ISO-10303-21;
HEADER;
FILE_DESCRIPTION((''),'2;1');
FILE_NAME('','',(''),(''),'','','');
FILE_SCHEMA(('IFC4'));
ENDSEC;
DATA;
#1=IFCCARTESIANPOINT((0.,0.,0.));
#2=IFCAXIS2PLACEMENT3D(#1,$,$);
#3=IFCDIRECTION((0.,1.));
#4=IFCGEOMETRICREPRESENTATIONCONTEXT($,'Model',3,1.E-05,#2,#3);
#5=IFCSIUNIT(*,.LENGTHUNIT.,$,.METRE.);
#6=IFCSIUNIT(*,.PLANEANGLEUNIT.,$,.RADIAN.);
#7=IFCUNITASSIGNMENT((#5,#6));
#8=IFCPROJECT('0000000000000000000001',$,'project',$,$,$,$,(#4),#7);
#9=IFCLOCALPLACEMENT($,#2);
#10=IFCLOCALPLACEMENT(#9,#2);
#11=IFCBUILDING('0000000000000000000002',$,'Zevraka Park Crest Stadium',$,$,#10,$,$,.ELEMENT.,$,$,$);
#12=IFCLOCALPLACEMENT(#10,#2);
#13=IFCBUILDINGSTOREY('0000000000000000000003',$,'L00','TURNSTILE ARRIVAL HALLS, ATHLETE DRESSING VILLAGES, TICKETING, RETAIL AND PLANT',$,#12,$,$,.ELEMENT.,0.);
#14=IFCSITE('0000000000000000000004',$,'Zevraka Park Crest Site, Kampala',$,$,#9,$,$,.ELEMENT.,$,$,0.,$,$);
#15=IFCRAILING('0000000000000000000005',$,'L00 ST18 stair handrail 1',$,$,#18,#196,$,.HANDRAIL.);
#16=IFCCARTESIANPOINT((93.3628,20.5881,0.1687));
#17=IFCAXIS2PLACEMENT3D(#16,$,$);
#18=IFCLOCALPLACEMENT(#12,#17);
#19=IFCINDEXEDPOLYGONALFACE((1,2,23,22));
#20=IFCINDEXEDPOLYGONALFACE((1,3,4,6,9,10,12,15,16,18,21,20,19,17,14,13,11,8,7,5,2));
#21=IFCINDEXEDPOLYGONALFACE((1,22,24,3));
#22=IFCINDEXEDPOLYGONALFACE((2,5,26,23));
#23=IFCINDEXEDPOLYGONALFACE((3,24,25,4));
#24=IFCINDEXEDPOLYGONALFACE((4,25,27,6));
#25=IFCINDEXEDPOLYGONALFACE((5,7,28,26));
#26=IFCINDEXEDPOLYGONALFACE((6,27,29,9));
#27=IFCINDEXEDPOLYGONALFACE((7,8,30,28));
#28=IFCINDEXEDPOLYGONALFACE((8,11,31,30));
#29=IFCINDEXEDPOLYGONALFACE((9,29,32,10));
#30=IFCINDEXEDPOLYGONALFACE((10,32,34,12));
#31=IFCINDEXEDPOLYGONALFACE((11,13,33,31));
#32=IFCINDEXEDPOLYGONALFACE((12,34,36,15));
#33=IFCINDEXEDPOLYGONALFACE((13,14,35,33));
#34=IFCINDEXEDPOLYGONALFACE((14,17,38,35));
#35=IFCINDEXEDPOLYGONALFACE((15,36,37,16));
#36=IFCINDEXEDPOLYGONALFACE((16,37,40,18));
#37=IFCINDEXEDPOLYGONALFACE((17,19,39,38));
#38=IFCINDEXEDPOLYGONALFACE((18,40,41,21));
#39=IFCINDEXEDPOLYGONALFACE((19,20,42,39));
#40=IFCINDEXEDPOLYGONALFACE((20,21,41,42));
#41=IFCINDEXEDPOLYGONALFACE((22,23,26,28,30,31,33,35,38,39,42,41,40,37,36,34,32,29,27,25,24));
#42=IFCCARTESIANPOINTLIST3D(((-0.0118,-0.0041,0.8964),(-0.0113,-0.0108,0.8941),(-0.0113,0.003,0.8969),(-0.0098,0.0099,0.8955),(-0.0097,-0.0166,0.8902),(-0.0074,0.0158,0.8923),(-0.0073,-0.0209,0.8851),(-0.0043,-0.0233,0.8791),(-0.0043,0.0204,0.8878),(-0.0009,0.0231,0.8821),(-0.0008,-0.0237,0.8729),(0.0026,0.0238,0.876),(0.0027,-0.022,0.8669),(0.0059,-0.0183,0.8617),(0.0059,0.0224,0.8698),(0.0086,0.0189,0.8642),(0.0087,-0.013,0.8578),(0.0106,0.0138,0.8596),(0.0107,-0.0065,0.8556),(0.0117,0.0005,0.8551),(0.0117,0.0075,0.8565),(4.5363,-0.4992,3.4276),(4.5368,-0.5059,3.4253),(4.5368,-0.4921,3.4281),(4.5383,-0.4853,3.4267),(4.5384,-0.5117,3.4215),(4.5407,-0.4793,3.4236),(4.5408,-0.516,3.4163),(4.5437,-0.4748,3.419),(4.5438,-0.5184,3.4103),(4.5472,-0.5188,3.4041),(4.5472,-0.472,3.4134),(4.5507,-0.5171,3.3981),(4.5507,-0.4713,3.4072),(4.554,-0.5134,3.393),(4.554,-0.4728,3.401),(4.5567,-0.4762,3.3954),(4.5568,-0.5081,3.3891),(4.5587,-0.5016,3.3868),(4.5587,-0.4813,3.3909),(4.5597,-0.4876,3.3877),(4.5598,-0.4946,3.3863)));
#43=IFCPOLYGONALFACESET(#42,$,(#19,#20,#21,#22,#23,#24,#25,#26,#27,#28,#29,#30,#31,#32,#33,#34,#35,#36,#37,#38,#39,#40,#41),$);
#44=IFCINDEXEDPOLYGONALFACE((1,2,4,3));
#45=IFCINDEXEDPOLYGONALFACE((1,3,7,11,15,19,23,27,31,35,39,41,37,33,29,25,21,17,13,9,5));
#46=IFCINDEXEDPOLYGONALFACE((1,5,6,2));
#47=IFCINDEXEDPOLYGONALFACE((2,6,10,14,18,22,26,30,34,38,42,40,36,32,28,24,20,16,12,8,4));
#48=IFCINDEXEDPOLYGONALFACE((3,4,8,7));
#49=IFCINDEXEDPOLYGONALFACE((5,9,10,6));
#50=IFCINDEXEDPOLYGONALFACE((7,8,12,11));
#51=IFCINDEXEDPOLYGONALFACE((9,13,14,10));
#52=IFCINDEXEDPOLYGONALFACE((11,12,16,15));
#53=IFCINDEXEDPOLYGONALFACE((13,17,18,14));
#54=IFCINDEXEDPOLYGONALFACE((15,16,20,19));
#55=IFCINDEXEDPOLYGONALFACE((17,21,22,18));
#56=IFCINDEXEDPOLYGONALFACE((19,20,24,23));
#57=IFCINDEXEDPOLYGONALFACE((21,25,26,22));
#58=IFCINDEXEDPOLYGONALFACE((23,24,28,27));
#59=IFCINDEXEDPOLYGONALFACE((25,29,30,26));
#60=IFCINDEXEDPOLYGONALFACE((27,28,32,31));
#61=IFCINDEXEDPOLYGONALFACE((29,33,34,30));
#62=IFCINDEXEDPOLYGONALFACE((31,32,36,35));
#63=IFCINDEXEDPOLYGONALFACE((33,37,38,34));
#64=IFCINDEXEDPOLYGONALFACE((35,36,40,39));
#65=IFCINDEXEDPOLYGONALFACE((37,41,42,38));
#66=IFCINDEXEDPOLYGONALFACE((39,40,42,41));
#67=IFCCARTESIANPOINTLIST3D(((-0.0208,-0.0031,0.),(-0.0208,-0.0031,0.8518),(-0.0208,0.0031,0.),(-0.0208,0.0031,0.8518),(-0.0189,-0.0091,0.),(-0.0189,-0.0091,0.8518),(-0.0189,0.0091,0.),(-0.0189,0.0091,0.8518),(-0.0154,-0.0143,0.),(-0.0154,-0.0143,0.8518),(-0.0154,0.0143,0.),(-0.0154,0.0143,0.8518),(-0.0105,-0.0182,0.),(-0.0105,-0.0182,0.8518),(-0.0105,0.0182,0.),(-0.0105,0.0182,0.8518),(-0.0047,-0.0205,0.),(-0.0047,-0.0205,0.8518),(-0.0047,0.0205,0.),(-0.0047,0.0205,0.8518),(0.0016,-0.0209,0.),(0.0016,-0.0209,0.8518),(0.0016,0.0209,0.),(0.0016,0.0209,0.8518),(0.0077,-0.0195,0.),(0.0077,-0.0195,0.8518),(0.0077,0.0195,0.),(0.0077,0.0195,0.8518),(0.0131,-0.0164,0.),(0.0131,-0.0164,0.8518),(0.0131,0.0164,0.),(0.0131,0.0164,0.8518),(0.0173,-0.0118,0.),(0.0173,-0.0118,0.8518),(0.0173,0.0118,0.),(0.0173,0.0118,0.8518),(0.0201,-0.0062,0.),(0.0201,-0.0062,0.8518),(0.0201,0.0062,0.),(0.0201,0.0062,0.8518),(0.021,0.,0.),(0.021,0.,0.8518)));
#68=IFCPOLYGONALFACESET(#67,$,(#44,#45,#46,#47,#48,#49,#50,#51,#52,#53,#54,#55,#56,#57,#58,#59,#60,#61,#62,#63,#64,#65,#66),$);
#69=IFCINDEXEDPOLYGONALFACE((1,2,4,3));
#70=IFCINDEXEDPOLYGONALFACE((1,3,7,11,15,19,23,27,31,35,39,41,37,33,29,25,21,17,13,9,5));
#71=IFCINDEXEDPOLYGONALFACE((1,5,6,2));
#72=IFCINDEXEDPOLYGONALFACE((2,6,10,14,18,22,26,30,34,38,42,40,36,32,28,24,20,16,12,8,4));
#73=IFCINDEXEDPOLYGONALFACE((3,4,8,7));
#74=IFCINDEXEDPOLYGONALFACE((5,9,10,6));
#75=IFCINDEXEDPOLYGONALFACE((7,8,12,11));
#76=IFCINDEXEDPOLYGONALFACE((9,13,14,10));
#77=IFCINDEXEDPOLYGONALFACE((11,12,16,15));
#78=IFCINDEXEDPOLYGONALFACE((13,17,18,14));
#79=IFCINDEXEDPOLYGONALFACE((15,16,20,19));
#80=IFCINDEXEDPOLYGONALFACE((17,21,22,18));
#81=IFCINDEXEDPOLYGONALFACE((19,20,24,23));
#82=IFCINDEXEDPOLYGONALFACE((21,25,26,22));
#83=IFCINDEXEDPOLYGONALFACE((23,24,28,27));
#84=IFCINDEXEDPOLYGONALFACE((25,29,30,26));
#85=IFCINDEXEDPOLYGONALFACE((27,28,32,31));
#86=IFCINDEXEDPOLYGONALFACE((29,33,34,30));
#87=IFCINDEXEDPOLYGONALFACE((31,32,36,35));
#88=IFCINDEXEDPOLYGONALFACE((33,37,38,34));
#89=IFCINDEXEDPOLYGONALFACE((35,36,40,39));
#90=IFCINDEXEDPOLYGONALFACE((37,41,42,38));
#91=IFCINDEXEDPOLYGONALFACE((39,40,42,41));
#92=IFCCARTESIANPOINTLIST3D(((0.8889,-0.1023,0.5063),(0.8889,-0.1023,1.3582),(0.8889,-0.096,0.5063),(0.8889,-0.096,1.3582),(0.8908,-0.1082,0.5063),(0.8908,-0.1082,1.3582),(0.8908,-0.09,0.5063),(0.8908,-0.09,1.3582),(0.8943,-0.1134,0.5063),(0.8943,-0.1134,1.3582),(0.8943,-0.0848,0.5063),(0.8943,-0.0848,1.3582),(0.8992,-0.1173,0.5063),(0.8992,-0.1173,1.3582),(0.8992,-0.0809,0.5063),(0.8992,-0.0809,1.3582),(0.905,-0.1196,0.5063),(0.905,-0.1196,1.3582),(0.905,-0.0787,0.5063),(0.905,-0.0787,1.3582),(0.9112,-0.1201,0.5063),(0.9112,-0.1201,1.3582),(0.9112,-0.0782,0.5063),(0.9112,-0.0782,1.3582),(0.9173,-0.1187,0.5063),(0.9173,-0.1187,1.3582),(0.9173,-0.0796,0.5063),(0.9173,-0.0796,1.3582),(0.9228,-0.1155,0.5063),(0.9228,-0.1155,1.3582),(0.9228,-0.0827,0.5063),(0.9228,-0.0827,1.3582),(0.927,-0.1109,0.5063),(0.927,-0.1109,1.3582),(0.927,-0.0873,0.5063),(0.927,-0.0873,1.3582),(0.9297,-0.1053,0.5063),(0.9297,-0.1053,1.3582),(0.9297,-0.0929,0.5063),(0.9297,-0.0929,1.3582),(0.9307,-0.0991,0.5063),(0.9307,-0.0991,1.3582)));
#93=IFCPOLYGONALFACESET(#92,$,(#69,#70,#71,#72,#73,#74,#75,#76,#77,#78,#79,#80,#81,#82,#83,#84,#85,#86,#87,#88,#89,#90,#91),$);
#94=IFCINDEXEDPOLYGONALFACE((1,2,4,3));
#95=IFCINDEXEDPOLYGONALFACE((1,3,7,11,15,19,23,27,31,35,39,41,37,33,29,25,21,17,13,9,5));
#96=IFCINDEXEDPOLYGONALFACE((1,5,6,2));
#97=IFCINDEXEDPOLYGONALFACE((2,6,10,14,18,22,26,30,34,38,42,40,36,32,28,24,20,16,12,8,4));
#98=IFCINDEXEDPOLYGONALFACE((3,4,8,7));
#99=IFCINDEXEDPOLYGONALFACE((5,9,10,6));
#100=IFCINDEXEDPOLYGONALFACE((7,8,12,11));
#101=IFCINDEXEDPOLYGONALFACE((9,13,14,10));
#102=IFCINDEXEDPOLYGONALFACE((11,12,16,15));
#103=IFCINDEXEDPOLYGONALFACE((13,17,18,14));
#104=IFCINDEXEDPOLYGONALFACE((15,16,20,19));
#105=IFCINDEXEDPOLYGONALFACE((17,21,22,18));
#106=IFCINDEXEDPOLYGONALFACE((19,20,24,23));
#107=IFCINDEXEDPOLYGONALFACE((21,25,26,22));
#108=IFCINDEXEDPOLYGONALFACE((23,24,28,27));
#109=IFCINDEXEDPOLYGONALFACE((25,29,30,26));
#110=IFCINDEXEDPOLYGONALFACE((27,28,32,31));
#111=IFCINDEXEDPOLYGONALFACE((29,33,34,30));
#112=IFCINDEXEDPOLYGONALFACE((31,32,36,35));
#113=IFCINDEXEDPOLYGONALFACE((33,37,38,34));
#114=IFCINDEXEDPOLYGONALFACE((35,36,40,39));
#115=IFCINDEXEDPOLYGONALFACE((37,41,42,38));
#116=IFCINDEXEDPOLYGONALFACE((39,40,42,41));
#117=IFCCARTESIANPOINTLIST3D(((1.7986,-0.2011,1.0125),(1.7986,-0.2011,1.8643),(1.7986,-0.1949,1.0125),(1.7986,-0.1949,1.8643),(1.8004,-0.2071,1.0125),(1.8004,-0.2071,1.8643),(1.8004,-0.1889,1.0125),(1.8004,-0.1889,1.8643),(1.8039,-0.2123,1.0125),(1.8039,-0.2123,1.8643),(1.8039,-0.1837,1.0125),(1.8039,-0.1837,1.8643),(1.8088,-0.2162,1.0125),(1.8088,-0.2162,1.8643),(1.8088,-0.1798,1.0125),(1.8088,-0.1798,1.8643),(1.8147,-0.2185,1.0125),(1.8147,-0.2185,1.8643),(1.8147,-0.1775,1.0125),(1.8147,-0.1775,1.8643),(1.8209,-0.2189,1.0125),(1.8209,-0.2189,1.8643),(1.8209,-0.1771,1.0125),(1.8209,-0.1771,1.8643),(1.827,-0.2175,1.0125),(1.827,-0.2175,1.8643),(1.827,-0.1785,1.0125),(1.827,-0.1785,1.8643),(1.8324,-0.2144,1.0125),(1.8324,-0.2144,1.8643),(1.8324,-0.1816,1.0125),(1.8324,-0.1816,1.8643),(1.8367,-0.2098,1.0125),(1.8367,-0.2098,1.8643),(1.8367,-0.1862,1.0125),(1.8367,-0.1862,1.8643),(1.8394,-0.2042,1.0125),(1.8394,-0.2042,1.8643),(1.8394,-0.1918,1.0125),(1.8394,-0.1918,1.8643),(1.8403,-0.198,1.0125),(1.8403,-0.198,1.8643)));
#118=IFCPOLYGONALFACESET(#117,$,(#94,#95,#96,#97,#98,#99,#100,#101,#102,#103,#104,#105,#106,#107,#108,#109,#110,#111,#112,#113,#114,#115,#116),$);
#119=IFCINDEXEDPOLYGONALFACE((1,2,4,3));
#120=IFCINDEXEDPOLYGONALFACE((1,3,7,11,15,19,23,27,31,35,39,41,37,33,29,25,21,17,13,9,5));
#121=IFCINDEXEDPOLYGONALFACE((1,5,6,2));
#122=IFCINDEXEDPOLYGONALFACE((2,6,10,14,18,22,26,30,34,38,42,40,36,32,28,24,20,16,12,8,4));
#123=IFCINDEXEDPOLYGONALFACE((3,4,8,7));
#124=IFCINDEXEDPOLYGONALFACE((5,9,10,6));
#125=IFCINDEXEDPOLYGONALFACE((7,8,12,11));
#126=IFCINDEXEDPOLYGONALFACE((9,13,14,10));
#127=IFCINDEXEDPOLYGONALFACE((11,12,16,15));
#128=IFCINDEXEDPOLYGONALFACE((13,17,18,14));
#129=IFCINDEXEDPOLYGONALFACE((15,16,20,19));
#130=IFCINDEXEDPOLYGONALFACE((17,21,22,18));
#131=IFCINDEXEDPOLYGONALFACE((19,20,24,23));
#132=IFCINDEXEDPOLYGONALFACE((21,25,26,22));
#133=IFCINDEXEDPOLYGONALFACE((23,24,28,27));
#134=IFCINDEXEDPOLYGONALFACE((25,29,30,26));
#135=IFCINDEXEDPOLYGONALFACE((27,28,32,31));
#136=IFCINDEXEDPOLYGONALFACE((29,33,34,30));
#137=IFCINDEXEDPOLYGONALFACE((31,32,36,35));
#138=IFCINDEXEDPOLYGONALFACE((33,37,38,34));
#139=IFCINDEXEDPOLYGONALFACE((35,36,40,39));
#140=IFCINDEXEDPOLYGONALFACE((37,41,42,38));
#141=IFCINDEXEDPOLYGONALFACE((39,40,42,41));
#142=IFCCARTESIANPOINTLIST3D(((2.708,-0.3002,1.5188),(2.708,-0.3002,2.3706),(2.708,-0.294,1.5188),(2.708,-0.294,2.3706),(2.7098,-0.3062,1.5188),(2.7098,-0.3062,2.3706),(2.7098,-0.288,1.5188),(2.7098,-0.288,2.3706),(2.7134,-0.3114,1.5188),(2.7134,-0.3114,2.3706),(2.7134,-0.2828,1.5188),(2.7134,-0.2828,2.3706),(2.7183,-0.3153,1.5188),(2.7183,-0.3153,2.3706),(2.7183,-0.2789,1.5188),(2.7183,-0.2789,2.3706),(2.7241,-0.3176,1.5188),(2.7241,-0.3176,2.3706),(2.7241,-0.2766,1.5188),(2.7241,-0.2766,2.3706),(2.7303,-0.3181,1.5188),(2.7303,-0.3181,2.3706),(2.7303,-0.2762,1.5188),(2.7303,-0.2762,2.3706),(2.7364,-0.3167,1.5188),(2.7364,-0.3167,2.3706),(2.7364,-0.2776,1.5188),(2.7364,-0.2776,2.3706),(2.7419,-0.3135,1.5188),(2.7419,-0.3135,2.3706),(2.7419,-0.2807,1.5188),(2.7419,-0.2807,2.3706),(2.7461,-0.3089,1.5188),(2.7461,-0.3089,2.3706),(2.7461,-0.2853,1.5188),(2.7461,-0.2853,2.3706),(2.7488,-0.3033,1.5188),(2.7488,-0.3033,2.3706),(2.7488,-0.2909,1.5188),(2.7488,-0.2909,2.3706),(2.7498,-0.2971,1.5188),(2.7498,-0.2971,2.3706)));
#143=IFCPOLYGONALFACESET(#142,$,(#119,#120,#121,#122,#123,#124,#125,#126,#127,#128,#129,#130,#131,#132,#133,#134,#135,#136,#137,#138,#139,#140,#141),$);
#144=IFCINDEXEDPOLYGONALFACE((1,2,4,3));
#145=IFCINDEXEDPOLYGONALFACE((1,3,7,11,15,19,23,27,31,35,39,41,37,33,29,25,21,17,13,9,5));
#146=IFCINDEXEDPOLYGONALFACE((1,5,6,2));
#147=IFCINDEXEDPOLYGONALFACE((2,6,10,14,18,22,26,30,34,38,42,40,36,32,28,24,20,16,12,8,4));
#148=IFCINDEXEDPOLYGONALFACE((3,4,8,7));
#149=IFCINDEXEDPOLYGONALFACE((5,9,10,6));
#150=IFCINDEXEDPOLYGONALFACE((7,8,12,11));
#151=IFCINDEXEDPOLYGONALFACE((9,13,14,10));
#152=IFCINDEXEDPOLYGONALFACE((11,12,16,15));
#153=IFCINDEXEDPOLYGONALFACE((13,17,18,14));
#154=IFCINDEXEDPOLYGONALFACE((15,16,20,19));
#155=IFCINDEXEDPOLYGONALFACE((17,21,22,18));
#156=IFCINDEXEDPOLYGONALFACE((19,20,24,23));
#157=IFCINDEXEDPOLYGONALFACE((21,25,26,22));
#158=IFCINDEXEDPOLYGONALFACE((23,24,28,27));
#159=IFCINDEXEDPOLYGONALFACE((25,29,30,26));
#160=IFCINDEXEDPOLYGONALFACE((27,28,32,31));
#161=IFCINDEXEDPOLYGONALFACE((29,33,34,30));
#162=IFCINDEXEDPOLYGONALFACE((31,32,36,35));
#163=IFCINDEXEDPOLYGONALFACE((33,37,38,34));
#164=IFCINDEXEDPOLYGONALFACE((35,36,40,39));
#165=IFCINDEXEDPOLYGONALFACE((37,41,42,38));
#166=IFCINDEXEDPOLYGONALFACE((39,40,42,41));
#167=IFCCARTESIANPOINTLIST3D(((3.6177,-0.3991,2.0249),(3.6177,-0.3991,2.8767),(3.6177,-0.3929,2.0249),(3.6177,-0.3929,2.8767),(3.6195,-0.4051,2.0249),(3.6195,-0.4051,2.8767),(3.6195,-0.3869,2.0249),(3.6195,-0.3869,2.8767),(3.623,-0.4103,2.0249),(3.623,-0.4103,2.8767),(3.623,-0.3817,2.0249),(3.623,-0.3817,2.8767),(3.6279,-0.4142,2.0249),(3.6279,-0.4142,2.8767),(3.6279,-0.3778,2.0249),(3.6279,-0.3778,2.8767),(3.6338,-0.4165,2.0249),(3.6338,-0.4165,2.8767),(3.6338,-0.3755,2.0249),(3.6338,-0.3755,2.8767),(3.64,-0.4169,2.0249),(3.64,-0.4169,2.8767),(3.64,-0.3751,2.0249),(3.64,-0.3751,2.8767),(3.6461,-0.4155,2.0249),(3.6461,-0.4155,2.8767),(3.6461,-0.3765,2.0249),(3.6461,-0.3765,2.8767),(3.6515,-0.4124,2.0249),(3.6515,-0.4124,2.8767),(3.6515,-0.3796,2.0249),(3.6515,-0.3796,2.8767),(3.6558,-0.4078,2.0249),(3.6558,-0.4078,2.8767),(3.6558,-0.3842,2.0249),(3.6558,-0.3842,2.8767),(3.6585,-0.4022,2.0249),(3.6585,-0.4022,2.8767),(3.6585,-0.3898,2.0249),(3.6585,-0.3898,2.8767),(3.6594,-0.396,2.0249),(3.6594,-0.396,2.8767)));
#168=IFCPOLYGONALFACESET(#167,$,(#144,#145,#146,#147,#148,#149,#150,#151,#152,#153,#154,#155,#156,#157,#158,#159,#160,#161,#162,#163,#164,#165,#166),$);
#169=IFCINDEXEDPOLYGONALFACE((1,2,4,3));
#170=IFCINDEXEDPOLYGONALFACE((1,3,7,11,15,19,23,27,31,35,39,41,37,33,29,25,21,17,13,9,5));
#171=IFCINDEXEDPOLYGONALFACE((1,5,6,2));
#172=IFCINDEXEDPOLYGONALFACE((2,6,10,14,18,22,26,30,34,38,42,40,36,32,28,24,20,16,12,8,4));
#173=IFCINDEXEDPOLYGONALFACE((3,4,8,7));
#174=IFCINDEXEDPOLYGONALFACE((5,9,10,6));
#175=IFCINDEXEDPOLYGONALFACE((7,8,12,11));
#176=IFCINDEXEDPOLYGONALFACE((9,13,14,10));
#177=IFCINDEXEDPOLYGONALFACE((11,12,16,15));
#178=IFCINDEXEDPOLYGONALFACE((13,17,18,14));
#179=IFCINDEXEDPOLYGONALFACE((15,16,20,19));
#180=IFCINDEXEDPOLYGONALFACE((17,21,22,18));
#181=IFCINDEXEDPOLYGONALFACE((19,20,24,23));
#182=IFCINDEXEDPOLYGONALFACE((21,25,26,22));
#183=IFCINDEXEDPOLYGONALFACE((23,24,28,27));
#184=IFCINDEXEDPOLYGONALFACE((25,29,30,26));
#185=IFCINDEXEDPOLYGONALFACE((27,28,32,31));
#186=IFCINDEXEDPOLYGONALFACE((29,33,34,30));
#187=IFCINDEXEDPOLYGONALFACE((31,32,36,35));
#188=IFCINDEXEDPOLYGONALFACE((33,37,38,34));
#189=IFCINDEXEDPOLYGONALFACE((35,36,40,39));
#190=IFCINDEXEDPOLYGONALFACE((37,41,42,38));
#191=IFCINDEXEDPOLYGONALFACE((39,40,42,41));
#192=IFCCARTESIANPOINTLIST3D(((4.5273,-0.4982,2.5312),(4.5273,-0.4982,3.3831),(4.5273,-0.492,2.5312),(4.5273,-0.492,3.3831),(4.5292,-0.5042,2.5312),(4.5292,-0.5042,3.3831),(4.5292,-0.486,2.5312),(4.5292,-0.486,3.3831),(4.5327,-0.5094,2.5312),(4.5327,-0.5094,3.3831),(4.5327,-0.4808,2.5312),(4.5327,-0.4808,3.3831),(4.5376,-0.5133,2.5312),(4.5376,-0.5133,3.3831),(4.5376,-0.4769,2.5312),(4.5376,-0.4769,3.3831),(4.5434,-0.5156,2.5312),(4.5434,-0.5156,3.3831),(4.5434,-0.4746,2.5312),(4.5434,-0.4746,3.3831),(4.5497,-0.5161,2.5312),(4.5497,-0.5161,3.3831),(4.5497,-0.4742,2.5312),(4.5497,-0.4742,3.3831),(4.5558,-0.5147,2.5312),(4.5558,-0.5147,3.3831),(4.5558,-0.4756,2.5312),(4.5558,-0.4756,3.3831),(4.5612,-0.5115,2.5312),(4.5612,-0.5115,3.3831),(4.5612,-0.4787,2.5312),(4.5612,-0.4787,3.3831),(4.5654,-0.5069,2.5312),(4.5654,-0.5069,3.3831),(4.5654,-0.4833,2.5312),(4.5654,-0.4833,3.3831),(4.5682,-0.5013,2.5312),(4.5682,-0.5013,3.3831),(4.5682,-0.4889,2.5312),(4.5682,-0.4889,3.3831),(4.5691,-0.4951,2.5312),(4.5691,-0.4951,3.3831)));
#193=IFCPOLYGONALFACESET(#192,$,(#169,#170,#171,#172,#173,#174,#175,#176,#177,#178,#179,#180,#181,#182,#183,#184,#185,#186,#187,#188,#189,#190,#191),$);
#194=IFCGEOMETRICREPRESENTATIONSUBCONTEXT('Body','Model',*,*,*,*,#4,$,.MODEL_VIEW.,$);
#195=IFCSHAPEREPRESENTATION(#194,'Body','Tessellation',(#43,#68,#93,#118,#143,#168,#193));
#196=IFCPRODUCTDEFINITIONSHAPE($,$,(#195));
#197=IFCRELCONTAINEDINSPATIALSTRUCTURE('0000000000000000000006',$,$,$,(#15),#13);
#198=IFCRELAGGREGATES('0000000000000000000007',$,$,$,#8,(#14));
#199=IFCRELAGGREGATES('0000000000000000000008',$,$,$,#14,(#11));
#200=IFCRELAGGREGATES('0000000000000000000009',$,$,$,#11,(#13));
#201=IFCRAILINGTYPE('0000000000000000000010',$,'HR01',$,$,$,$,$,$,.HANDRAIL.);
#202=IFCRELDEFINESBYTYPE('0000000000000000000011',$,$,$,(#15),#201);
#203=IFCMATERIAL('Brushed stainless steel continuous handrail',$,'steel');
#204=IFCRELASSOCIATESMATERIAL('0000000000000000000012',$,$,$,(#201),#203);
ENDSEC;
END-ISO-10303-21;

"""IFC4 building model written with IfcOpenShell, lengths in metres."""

from ifc_helpers import new_model, si_unit, direction, frame, origin, origin_2d, place, context, subcontext, project, spatial, circle, extrude, material, type_object, element, save


model = new_model("IFC4")

# Units and contexts
model_context = context("Model", 3, precision=1e-05, world=origin(), true_north=direction((0.0, 1.0)))
body_context = subcontext(model_context, "Body", "Model", "MODEL_VIEW")
ifc_project = project(units=[si_unit("LENGTHUNIT", "METRE"), si_unit("PLANEANGLEUNIT", "RADIAN")], contexts=[model_context])

# Site, building, storey
site_placement = place(None, origin())
site = spatial("IfcSite", under=ifc_project, at=site_placement, Name="Zevraka Park Crest Site, Kampala", CompositionType="ELEMENT", RefElevation=0.0)
building_placement = place(site_placement, origin())
building = spatial("IfcBuilding", under=site, at=building_placement, Name="Zevraka Park Crest Stadium", CompositionType="ELEMENT")
storey_placement = place(building_placement, origin())
storey = spatial("IfcBuildingStorey", under=building, at=storey_placement, Name="L00", Description="TURNSTILE ARRIVAL HALLS, ATHLETE DRESSING VILLAGES, TICKETING, RETAIL AND PLANT", CompositionType="ELEMENT", Elevation=0.0)

# Railing
ifc_material_1 = material(Name="Brushed stainless steel continuous handrail", Category="steel")
railing_type = type_object("IfcRailingType", Name="HR01", PredefinedType="HANDRAIL", material=ifc_material_1)
railing_placement = place(storey_placement, frame((93.3628, 20.5881, 0.1687)))
element("IfcRailing", 1, at=railing_placement, inside=storey, type_object=railing_type, Name="L00 ST18 stair handrail 1", PredefinedType="HANDRAIL", context=body_context, shape_type="SweptSolid", body=[
    extrude(circle(Radius=0.0239, at=origin_2d()), frame((0.0, 0.0, 0.876), z_axis=(0.869861, -0.094695, 0.484123), x_axis=(0.108223, 0.994127, 0.0)), (0.0, 0.0, 1.0), 5.2285),
    extrude(circle(Radius=0.021, at=origin_2d()), origin(), (0.0, 0.0, 1.0), 0.8518),
    extrude(circle(Radius=0.021, at=origin_2d()), frame((0.9097, -0.0991, 0.5063)), (0.0, 0.0, 1.0), 0.8518),
    extrude(circle(Radius=0.021, at=origin_2d()), frame((1.8193, -0.198, 1.0125)), (0.0, 0.0, 1.0), 0.8518),
    extrude(circle(Radius=0.021, at=origin_2d()), frame((2.7288, -0.2971, 1.5188)), (0.0, 0.0, 1.0), 0.8518),
    extrude(circle(Radius=0.021, at=origin_2d()), frame((3.6384, -0.396, 2.0249)), (0.0, 0.0, 1.0), 0.8518),
    extrude(circle(Radius=0.021, at=origin_2d()), frame((4.5481, -0.4951, 2.5312)), (0.0, 0.0, 1.0), 0.8518),
])

save(model, "model.ifc")
